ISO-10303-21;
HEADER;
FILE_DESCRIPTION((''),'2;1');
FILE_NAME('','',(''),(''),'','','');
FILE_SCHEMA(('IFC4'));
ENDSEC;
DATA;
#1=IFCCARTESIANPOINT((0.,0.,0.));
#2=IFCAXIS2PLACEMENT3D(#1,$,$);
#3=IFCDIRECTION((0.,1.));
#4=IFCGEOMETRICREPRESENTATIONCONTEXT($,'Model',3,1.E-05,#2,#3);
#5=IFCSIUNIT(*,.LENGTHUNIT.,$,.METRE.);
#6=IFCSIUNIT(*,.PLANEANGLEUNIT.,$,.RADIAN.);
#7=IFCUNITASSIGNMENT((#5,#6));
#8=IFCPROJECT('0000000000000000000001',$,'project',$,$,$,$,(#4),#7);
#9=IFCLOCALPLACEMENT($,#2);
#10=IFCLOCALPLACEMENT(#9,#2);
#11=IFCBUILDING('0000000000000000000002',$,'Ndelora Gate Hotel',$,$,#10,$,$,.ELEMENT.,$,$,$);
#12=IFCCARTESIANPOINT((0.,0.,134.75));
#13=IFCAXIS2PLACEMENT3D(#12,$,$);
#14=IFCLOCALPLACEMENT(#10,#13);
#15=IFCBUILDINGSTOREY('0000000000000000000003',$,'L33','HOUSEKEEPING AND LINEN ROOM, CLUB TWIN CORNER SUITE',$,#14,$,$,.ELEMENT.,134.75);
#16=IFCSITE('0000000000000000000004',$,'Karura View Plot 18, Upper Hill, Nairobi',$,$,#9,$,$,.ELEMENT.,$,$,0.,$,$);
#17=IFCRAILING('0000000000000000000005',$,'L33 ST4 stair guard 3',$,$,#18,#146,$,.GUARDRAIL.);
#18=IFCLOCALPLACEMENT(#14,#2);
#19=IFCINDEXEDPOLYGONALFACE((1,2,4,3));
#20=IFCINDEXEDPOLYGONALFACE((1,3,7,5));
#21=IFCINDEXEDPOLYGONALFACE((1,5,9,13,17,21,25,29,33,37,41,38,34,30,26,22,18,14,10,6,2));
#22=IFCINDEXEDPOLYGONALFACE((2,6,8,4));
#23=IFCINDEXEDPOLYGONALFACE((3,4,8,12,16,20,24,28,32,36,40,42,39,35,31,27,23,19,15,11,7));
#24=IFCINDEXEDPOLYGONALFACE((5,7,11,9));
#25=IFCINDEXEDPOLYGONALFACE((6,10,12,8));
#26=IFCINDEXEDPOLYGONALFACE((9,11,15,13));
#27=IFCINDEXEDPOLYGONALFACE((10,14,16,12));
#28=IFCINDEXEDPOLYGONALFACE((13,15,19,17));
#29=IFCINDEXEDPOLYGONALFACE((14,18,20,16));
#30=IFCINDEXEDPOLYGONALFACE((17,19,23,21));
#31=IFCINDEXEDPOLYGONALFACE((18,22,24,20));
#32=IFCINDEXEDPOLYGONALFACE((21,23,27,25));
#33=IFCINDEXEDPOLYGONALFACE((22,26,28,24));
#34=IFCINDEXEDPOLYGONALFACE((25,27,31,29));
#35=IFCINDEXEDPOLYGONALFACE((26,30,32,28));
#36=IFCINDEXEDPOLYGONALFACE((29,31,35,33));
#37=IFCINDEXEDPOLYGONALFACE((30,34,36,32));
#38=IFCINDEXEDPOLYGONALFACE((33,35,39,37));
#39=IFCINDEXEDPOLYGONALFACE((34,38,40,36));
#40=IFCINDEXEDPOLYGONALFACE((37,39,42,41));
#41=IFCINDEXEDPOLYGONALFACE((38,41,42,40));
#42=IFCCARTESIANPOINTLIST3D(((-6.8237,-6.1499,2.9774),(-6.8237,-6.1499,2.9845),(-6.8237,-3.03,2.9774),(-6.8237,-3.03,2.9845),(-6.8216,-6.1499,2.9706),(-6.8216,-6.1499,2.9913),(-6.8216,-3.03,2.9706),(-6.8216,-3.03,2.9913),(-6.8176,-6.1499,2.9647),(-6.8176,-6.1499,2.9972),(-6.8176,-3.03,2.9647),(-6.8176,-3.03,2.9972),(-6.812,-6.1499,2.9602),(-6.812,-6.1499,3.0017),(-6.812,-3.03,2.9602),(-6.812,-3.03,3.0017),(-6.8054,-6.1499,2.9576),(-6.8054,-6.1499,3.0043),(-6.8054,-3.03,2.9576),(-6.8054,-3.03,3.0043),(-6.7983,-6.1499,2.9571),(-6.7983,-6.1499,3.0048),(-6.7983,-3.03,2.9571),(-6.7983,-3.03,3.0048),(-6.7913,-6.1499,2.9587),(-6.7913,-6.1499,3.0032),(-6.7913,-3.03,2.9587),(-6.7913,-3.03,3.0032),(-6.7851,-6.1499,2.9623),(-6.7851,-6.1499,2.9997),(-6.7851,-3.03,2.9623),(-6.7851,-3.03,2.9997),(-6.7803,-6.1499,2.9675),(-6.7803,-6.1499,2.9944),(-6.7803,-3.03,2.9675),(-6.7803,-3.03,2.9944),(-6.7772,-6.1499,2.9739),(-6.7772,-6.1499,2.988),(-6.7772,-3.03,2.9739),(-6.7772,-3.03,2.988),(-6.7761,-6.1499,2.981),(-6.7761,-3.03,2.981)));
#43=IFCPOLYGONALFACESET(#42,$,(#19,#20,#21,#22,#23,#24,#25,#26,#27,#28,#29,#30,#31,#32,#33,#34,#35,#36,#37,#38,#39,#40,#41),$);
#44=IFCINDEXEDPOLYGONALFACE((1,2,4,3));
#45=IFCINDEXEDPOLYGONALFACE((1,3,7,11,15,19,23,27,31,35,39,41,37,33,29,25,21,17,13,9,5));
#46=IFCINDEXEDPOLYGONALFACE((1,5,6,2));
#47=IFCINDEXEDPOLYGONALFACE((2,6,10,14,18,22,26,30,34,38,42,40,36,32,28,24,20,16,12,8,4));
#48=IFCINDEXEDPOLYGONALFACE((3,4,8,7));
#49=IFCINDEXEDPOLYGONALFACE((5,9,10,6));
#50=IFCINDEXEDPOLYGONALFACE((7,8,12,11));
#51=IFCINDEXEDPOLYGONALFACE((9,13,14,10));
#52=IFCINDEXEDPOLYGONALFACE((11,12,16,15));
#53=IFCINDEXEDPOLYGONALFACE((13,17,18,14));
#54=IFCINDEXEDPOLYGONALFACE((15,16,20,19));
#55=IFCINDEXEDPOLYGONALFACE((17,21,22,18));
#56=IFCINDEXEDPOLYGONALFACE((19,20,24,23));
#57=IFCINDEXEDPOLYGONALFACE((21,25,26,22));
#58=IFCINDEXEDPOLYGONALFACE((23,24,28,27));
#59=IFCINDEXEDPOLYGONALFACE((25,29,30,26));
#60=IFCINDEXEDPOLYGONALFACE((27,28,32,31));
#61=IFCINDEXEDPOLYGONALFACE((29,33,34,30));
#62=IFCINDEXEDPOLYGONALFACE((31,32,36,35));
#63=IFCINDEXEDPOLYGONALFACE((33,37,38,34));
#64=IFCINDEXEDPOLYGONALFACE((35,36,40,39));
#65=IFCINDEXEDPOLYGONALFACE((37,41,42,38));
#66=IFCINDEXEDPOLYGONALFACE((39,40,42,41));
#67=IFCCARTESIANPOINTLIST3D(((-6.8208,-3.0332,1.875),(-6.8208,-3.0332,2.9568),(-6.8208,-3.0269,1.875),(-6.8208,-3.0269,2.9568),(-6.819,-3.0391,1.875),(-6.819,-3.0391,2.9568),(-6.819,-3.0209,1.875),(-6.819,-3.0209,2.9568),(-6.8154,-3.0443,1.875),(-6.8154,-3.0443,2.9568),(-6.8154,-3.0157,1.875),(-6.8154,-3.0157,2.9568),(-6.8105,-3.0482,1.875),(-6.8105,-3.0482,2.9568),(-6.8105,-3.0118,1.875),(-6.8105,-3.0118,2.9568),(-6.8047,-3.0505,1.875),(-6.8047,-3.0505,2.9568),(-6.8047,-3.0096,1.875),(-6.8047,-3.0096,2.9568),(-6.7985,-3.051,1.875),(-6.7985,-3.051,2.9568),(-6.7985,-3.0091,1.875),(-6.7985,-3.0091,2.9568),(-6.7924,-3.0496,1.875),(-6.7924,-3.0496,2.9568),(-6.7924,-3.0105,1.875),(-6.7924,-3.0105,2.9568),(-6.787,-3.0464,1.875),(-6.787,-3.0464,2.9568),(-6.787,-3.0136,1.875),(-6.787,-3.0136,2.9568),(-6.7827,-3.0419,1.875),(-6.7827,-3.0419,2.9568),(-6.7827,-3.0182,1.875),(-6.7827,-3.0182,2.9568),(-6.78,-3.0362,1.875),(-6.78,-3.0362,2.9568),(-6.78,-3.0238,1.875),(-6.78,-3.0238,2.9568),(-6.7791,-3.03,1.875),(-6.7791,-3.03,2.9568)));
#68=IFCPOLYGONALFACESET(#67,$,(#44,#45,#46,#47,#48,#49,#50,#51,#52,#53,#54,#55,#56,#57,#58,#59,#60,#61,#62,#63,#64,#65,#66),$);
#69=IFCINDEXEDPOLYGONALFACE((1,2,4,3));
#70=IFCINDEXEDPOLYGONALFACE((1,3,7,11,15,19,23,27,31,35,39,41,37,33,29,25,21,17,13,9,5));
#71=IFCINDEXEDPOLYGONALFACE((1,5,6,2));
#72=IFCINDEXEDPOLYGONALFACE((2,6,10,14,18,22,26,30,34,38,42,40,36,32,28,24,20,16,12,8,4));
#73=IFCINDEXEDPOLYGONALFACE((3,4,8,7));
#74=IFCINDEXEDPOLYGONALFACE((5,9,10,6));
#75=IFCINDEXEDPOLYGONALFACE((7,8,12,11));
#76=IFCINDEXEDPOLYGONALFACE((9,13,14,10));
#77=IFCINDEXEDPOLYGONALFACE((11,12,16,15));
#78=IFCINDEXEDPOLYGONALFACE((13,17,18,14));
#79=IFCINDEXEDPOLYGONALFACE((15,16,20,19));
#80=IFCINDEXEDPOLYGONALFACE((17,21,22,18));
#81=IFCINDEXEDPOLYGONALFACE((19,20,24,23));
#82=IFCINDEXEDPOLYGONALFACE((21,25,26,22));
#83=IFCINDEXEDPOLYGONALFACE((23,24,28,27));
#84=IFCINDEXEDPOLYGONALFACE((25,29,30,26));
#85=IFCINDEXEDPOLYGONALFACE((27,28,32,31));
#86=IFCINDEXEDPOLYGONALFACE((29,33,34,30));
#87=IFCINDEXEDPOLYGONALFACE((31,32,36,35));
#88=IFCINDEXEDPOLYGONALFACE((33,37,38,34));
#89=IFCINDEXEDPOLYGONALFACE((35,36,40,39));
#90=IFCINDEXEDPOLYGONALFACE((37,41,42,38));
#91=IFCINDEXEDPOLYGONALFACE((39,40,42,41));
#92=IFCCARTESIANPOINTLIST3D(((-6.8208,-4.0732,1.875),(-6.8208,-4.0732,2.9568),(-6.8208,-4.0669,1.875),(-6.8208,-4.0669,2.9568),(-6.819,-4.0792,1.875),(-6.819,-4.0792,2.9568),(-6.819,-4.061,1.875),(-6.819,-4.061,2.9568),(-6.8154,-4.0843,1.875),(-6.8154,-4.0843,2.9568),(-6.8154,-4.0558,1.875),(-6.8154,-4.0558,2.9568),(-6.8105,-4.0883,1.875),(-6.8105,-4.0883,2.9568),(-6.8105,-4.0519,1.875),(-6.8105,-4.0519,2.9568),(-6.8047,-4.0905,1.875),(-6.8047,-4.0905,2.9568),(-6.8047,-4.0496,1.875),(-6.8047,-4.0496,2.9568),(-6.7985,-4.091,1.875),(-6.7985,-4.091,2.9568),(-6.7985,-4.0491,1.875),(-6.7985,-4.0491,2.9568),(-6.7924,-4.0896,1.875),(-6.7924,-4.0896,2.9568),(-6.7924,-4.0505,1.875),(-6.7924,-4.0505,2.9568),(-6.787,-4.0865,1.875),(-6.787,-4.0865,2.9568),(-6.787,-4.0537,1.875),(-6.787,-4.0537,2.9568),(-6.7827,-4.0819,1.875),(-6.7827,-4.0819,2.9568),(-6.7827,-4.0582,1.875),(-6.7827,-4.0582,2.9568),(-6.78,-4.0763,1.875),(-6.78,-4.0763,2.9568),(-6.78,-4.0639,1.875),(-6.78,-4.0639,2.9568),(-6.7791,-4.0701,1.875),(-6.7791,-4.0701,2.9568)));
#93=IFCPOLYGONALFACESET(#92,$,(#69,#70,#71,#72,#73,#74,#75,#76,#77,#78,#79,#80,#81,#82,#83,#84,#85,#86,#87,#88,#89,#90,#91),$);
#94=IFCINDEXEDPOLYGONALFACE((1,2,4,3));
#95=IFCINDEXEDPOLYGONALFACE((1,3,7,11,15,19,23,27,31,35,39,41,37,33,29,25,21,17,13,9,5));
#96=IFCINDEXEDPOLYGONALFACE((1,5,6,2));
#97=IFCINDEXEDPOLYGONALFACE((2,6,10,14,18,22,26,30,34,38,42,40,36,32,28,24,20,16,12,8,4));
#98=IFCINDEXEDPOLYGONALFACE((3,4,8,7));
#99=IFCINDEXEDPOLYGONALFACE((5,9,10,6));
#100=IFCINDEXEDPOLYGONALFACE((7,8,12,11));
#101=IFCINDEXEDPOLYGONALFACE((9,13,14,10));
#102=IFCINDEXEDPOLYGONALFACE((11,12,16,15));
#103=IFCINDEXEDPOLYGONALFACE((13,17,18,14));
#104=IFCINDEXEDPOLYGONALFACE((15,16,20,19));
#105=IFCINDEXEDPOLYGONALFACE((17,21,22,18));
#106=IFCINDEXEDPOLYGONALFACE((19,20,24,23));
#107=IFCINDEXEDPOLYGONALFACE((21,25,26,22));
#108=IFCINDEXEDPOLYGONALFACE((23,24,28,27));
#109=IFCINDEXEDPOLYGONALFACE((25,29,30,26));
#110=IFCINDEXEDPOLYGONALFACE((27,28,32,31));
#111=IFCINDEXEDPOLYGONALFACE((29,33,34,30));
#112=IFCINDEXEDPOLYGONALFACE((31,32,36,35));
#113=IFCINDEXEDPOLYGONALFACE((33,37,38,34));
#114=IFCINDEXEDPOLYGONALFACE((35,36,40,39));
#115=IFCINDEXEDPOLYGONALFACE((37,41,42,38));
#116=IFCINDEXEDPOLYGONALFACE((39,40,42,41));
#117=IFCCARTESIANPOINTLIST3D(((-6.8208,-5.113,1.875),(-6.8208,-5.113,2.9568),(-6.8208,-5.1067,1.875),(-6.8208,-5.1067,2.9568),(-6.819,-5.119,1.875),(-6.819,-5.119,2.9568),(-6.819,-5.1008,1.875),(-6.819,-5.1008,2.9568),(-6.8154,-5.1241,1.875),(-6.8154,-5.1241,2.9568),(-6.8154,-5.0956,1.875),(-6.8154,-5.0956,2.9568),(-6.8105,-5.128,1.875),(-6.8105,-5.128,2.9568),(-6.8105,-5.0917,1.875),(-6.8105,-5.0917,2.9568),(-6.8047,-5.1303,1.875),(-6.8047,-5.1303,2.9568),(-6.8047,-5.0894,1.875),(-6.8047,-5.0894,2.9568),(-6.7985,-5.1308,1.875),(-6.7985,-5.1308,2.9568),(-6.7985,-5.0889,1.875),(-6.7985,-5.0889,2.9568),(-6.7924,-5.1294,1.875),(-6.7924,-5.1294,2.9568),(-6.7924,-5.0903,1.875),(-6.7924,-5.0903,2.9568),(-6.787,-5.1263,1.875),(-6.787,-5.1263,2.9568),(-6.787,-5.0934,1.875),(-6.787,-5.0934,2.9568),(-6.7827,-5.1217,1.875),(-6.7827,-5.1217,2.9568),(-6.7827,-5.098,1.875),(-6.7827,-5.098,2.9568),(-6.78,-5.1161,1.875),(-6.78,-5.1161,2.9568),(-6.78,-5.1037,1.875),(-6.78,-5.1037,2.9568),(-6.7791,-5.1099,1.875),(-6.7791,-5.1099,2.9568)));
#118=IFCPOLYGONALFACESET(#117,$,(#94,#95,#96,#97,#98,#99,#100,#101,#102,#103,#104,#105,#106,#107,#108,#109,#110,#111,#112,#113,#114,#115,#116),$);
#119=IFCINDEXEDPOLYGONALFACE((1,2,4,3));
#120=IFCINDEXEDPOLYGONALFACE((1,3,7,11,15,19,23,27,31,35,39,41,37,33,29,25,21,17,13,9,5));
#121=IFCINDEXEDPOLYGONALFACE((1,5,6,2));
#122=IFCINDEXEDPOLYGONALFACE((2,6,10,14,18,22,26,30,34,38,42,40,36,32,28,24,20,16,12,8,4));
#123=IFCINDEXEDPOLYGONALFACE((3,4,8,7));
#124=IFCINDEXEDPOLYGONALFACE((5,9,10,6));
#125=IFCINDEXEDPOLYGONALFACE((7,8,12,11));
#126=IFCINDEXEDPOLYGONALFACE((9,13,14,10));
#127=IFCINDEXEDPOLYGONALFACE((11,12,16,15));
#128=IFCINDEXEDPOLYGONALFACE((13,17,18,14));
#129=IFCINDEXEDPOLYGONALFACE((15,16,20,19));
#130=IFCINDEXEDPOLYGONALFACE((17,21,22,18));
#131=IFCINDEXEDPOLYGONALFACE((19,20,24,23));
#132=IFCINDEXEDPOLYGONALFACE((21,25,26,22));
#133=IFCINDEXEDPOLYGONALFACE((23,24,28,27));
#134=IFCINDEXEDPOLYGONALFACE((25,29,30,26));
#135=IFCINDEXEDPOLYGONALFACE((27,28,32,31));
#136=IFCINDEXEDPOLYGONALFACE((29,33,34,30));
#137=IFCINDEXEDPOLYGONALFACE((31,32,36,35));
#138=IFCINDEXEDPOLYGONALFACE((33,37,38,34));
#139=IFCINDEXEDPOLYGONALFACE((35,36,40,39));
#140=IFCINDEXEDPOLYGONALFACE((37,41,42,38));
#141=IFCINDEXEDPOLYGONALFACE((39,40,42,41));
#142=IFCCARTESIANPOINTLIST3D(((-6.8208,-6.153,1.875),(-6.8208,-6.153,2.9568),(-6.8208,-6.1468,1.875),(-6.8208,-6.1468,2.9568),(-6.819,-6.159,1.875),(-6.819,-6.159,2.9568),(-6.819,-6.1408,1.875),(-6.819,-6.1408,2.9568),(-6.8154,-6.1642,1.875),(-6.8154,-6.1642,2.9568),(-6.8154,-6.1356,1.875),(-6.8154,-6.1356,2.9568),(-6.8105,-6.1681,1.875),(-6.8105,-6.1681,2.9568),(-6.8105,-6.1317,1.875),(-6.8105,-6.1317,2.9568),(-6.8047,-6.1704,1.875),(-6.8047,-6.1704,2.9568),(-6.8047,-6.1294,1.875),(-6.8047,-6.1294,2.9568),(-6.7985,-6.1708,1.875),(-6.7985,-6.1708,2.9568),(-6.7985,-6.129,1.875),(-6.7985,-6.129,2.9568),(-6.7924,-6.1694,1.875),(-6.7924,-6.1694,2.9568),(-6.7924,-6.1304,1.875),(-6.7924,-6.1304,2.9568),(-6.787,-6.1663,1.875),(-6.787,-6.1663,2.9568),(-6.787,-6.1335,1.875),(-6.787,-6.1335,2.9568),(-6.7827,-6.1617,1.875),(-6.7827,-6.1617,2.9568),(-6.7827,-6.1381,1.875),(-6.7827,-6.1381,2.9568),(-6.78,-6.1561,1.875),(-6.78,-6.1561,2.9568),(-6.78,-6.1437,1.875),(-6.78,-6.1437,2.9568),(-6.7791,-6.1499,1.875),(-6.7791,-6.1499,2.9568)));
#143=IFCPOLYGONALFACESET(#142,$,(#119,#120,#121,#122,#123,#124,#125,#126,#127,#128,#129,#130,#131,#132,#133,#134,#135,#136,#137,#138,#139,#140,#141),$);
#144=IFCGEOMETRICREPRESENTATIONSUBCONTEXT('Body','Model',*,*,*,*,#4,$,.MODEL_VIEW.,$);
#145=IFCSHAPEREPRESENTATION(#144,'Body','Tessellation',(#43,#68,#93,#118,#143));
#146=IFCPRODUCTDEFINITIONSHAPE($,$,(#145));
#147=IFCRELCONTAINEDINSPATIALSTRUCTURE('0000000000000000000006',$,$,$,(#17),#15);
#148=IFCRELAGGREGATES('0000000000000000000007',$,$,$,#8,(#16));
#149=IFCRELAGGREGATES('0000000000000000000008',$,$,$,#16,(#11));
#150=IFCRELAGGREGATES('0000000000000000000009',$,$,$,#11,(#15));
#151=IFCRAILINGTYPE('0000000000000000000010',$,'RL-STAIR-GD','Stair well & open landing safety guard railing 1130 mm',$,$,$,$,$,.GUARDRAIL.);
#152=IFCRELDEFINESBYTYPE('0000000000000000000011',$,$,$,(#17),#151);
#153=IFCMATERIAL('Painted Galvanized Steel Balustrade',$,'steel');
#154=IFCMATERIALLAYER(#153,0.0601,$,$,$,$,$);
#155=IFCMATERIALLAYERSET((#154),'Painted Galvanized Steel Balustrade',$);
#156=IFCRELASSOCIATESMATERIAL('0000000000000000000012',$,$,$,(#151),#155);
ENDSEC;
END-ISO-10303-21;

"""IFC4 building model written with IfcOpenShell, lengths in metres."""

from ifc_helpers import new_model, si_unit, direction, frame, origin, origin_2d, place, context, subcontext, project, spatial, circle, extrude, material, layer, layer_set, type_object, element, save


model = new_model("IFC4")

# Units and contexts
model_context = context("Model", 3, precision=1e-05, world=origin(), true_north=direction((0.0, 1.0)))
body_context = subcontext(model_context, "Body", "Model", "MODEL_VIEW")
ifc_project = project(units=[si_unit("LENGTHUNIT", "METRE"), si_unit("PLANEANGLEUNIT", "RADIAN")], contexts=[model_context])

# Site, building, storey
site_placement = place(None, origin())
site = spatial("IfcSite", under=ifc_project, at=site_placement, Name="Karura View Plot 18, Upper Hill, Nairobi", CompositionType="ELEMENT", RefElevation=0.0)
building_placement = place(site_placement, origin())
building = spatial("IfcBuilding", under=site, at=building_placement, Name="Ndelora Gate Hotel", CompositionType="ELEMENT")
storey_placement = place(building_placement, frame((0.0, 0.0, 134.75)))
storey = spatial("IfcBuildingStorey", under=building, at=storey_placement, Name="L33", Description="HOUSEKEEPING AND LINEN ROOM, CLUB TWIN CORNER SUITE", CompositionType="ELEMENT", Elevation=134.75)

# Railing
ifc_material_1 = material(Name="Painted Galvanized Steel Balustrade", Category="steel")
ifc_layer_1 = layer(ifc_material_1, 0.0601)
ifc_layer_set_1 = layer_set([ifc_layer_1], Name="Painted Galvanized Steel Balustrade")
railing_type_1 = type_object("IfcRailingType", Name="RL-STAIR-GD", Description="Stair well & open landing safety guard railing 1130 mm", PredefinedType="GUARDRAIL", material=ifc_layer_set_1)
for number, where, name in (
    (1, (-6.8, -3.03, 1.875), "L33 ST4 stair guard 3"),
):
    element("IfcRailing", number, at=place(storey_placement, frame(where)), inside=storey, type_object=railing_type_1, Name=name, PredefinedType="GUARDRAIL", context=body_context, shape_type="SweptSolid", body=[
        extrude(circle(Radius=0.0239, at=origin_2d()), frame((0.0, 0.0, 1.106), z_axis=(0.0, -1.0, 0.0), x_axis=(1.0, 0.0, 0.0)), (0.0, 0.0, 1.0), 3.1199),
        extrude(circle(Radius=0.021, at=origin_2d()), origin(), (0.0, 0.0, 1.0), 1.0818),
        extrude(circle(Radius=0.021, at=origin_2d()), frame((0.0, -1.04, 0.0)), (0.0, 0.0, 1.0), 1.0818),
        extrude(circle(Radius=0.021, at=origin_2d()), frame((0.0, -2.0798, 0.0)), (0.0, 0.0, 1.0), 1.0818),
        extrude(circle(Radius=0.021, at=origin_2d()), frame((0.0, -3.1199, 0.0)), (0.0, 0.0, 1.0), 1.0818),
    ])

save(model, "model.ifc")
